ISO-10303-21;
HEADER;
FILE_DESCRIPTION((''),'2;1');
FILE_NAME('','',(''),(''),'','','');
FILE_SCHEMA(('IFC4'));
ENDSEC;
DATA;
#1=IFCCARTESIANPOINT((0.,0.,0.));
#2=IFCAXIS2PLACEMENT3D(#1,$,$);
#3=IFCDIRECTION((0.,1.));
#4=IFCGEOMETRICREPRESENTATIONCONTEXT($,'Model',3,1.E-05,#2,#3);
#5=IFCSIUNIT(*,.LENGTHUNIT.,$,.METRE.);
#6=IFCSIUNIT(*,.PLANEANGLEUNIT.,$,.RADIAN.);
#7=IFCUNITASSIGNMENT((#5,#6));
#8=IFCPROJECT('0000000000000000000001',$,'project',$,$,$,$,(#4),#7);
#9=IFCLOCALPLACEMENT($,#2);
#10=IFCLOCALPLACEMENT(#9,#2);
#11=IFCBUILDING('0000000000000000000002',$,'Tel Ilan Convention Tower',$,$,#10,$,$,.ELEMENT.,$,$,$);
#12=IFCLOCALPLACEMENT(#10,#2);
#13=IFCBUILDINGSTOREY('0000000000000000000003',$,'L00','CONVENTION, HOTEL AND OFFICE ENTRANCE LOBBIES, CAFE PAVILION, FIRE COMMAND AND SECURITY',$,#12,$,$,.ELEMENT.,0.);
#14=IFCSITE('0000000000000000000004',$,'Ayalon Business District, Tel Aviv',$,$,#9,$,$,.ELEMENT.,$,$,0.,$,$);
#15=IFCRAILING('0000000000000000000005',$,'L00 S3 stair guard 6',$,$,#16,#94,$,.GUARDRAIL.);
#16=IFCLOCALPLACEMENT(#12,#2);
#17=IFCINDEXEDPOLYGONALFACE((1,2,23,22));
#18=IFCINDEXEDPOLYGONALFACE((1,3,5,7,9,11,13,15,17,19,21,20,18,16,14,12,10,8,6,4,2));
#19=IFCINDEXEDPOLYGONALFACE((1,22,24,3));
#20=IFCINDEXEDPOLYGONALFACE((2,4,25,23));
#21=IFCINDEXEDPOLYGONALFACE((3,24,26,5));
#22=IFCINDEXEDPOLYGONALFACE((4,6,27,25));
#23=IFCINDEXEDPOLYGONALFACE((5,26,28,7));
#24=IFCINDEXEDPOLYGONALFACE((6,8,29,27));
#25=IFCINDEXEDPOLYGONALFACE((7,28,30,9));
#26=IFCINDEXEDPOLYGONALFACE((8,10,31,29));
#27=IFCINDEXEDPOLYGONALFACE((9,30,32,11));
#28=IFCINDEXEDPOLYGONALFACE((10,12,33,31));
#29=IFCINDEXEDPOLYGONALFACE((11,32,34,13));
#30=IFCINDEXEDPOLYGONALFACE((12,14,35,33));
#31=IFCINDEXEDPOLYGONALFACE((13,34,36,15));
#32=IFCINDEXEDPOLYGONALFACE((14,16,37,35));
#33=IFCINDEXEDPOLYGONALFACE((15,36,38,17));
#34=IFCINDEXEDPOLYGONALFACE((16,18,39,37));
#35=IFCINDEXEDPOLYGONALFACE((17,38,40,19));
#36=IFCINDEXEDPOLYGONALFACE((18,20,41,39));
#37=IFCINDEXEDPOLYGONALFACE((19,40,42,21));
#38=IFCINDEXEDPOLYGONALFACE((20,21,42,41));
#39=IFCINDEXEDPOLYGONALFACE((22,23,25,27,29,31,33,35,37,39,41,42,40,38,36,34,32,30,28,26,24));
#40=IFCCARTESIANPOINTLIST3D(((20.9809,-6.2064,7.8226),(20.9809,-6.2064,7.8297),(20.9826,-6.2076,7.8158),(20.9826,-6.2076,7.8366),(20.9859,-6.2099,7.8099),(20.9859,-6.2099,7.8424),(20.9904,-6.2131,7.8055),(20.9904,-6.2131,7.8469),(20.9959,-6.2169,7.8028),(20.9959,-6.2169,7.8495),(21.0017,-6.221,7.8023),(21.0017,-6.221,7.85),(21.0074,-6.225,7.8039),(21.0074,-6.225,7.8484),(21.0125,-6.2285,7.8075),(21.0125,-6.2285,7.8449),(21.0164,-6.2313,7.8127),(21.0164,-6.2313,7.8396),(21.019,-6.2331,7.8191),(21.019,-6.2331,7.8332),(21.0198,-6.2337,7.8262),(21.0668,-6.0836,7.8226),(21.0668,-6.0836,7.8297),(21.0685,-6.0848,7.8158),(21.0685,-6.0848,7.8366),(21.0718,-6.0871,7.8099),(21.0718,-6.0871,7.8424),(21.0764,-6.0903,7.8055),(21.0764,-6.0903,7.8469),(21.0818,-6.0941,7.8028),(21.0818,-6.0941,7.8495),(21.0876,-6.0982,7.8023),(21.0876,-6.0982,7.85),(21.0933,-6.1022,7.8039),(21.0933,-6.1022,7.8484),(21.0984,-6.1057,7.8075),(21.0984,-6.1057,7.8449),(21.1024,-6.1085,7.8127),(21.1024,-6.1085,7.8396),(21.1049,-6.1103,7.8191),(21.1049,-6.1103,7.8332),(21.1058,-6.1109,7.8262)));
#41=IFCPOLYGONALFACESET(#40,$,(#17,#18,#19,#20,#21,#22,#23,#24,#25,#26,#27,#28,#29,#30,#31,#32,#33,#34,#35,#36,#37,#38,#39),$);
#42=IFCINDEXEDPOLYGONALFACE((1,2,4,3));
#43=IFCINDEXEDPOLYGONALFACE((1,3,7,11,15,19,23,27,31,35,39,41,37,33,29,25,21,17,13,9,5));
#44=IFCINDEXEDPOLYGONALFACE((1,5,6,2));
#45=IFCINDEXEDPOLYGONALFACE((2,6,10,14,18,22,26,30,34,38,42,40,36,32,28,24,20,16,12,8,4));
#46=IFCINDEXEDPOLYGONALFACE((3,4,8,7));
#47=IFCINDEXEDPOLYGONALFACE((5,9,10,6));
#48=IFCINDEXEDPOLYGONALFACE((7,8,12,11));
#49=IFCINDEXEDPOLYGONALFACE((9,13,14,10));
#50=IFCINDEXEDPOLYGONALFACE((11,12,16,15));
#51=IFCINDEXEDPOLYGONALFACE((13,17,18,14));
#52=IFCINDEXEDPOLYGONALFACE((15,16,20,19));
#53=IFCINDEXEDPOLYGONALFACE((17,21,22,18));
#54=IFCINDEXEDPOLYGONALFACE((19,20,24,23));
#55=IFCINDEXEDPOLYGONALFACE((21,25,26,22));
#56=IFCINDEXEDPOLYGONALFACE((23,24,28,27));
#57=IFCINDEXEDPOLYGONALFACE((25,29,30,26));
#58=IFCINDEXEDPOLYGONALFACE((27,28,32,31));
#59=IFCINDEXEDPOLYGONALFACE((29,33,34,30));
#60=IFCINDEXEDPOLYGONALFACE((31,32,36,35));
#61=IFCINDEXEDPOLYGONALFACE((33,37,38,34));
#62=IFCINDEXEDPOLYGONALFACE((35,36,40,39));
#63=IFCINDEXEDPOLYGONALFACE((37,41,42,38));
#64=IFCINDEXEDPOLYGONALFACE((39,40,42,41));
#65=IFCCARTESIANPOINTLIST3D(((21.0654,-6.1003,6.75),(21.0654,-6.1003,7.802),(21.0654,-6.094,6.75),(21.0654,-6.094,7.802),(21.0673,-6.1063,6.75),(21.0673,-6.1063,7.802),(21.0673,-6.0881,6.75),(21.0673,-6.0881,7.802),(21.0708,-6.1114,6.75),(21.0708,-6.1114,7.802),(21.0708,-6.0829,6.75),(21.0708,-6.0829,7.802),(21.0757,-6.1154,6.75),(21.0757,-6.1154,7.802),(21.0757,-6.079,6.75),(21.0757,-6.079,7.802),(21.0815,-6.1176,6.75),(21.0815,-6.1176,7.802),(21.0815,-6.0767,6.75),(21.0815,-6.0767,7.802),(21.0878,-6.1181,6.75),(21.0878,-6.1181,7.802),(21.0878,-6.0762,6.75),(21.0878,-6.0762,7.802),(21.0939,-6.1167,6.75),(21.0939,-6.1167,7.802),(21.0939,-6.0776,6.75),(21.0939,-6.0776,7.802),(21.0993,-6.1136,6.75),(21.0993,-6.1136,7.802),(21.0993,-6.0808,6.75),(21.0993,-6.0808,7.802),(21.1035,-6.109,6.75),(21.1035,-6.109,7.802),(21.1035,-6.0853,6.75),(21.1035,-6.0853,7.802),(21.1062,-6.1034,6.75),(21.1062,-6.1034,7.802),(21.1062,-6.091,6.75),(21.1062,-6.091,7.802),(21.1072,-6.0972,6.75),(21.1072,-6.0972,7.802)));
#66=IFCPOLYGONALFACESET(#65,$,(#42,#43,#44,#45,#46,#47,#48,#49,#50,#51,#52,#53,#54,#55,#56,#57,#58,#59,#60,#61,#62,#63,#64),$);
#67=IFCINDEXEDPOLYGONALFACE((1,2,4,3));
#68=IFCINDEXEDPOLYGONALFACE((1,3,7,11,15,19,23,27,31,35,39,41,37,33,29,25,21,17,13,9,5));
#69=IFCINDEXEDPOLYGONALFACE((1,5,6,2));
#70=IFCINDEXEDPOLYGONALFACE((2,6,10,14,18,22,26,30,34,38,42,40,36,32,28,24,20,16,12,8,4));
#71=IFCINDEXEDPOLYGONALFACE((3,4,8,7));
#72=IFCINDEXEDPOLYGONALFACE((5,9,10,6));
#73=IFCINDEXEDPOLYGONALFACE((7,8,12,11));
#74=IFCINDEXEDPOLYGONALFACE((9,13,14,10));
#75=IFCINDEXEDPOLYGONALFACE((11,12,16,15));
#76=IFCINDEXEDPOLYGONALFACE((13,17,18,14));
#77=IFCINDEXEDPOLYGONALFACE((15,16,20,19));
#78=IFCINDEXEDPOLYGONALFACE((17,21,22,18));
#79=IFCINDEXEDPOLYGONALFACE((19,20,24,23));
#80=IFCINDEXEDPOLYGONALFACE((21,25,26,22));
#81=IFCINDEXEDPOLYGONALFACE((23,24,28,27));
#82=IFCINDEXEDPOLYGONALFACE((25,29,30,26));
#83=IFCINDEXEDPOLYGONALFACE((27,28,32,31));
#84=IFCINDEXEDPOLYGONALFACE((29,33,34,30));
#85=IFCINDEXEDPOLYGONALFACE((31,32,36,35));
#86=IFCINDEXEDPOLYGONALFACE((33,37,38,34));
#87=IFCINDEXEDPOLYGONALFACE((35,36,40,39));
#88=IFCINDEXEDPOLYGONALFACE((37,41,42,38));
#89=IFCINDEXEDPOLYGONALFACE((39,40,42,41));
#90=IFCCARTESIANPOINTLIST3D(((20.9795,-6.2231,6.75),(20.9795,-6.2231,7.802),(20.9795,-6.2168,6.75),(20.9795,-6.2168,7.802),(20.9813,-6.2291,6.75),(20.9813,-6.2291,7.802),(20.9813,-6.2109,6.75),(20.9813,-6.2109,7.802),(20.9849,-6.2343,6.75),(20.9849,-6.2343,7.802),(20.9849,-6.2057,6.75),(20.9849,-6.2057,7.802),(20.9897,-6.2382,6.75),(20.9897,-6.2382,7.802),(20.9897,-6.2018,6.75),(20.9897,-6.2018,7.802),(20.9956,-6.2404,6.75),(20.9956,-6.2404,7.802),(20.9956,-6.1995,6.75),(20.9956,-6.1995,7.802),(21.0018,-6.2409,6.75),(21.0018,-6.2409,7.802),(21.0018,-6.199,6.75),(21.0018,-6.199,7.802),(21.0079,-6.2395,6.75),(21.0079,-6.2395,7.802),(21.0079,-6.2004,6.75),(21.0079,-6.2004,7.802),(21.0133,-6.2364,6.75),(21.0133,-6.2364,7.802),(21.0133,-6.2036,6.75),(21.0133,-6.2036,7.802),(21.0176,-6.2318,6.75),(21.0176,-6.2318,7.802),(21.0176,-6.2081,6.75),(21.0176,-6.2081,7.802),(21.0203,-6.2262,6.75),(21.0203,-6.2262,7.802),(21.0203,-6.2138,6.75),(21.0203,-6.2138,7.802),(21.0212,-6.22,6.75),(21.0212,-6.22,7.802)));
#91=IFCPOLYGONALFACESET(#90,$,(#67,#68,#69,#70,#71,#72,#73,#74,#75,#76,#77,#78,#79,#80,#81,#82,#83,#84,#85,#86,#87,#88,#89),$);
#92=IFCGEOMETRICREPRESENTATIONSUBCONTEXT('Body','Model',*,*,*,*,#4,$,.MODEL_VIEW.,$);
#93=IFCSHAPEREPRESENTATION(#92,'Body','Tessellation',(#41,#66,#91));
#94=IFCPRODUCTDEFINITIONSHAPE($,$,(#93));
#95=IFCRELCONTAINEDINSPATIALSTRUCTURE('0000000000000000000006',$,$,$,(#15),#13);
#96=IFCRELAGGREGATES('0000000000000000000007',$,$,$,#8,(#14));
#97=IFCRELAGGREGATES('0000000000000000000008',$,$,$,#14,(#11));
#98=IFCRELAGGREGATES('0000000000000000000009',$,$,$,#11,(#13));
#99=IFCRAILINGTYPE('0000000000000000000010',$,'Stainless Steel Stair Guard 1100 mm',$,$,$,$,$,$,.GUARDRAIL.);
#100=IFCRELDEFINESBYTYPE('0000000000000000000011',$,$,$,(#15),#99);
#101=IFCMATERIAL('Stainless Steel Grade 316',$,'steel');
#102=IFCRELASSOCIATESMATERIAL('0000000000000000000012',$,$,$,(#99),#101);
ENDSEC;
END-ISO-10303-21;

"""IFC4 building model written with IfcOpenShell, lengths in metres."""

from ifc_helpers import new_model, si_unit, direction, frame, origin, origin_2d, place, context, subcontext, project, spatial, circle, extrude, material, type_object, element, save


model = new_model("IFC4")

# Units and contexts
model_context = context("Model", 3, precision=1e-05, world=origin(), true_north=direction((0.0, 1.0)))
body_context = subcontext(model_context, "Body", "Model", "MODEL_VIEW")
ifc_project = project(units=[si_unit("LENGTHUNIT", "METRE"), si_unit("PLANEANGLEUNIT", "RADIAN")], contexts=[model_context])

# Site, building, storey
site_placement = place(None, origin())
site = spatial("IfcSite", under=ifc_project, at=site_placement, Name="Ayalon Business District, Tel Aviv", CompositionType="ELEMENT", RefElevation=0.0)
building_placement = place(site_placement, origin())
building = spatial("IfcBuilding", under=site, at=building_placement, Name="Tel Ilan Convention Tower", CompositionType="ELEMENT")
storey_placement = place(building_placement, origin())
storey = spatial("IfcBuildingStorey", under=building, at=storey_placement, Name="L00", Description="CONVENTION, HOTEL AND OFFICE ENTRANCE LOBBIES, CAFE PAVILION, FIRE COMMAND AND SECURITY", CompositionType="ELEMENT", Elevation=0.0)

# Railing
ifc_material_1 = material(Name="Stainless Steel Grade 316", Category="steel")
railing_type_1 = type_object("IfcRailingType", Name="Stainless Steel Stair Guard 1100 mm", PredefinedType="GUARDRAIL", material=ifc_material_1)
railing_1_placement = place(storey_placement, frame((21.0862, -6.0972, 6.75)))
element("IfcRailing", 1, at=railing_1_placement, inside=storey, type_object=railing_type_1, Name="L00 S3 stair guard 6", PredefinedType="GUARDRAIL", context=body_context, shape_type="SweptSolid", body=[
    extrude(circle(Radius=0.0239, at=origin_2d()), frame((0.0, 0.0, 1.0762), z_axis=(-0.573353, -0.819308, 0.0), x_axis=(0.819308, -0.573353, 0.0)), (0.0, 0.0, 1.0), 0.1499),
    extrude(circle(Radius=0.021, at=origin_2d()), origin(), (0.0, 0.0, 1.0), 1.052),
    extrude(circle(Radius=0.021, at=origin_2d()), frame((-0.0859, -0.1228, 0.0)), (0.0, 0.0, 1.0), 1.052),
])

save(model, "model.ifc")
